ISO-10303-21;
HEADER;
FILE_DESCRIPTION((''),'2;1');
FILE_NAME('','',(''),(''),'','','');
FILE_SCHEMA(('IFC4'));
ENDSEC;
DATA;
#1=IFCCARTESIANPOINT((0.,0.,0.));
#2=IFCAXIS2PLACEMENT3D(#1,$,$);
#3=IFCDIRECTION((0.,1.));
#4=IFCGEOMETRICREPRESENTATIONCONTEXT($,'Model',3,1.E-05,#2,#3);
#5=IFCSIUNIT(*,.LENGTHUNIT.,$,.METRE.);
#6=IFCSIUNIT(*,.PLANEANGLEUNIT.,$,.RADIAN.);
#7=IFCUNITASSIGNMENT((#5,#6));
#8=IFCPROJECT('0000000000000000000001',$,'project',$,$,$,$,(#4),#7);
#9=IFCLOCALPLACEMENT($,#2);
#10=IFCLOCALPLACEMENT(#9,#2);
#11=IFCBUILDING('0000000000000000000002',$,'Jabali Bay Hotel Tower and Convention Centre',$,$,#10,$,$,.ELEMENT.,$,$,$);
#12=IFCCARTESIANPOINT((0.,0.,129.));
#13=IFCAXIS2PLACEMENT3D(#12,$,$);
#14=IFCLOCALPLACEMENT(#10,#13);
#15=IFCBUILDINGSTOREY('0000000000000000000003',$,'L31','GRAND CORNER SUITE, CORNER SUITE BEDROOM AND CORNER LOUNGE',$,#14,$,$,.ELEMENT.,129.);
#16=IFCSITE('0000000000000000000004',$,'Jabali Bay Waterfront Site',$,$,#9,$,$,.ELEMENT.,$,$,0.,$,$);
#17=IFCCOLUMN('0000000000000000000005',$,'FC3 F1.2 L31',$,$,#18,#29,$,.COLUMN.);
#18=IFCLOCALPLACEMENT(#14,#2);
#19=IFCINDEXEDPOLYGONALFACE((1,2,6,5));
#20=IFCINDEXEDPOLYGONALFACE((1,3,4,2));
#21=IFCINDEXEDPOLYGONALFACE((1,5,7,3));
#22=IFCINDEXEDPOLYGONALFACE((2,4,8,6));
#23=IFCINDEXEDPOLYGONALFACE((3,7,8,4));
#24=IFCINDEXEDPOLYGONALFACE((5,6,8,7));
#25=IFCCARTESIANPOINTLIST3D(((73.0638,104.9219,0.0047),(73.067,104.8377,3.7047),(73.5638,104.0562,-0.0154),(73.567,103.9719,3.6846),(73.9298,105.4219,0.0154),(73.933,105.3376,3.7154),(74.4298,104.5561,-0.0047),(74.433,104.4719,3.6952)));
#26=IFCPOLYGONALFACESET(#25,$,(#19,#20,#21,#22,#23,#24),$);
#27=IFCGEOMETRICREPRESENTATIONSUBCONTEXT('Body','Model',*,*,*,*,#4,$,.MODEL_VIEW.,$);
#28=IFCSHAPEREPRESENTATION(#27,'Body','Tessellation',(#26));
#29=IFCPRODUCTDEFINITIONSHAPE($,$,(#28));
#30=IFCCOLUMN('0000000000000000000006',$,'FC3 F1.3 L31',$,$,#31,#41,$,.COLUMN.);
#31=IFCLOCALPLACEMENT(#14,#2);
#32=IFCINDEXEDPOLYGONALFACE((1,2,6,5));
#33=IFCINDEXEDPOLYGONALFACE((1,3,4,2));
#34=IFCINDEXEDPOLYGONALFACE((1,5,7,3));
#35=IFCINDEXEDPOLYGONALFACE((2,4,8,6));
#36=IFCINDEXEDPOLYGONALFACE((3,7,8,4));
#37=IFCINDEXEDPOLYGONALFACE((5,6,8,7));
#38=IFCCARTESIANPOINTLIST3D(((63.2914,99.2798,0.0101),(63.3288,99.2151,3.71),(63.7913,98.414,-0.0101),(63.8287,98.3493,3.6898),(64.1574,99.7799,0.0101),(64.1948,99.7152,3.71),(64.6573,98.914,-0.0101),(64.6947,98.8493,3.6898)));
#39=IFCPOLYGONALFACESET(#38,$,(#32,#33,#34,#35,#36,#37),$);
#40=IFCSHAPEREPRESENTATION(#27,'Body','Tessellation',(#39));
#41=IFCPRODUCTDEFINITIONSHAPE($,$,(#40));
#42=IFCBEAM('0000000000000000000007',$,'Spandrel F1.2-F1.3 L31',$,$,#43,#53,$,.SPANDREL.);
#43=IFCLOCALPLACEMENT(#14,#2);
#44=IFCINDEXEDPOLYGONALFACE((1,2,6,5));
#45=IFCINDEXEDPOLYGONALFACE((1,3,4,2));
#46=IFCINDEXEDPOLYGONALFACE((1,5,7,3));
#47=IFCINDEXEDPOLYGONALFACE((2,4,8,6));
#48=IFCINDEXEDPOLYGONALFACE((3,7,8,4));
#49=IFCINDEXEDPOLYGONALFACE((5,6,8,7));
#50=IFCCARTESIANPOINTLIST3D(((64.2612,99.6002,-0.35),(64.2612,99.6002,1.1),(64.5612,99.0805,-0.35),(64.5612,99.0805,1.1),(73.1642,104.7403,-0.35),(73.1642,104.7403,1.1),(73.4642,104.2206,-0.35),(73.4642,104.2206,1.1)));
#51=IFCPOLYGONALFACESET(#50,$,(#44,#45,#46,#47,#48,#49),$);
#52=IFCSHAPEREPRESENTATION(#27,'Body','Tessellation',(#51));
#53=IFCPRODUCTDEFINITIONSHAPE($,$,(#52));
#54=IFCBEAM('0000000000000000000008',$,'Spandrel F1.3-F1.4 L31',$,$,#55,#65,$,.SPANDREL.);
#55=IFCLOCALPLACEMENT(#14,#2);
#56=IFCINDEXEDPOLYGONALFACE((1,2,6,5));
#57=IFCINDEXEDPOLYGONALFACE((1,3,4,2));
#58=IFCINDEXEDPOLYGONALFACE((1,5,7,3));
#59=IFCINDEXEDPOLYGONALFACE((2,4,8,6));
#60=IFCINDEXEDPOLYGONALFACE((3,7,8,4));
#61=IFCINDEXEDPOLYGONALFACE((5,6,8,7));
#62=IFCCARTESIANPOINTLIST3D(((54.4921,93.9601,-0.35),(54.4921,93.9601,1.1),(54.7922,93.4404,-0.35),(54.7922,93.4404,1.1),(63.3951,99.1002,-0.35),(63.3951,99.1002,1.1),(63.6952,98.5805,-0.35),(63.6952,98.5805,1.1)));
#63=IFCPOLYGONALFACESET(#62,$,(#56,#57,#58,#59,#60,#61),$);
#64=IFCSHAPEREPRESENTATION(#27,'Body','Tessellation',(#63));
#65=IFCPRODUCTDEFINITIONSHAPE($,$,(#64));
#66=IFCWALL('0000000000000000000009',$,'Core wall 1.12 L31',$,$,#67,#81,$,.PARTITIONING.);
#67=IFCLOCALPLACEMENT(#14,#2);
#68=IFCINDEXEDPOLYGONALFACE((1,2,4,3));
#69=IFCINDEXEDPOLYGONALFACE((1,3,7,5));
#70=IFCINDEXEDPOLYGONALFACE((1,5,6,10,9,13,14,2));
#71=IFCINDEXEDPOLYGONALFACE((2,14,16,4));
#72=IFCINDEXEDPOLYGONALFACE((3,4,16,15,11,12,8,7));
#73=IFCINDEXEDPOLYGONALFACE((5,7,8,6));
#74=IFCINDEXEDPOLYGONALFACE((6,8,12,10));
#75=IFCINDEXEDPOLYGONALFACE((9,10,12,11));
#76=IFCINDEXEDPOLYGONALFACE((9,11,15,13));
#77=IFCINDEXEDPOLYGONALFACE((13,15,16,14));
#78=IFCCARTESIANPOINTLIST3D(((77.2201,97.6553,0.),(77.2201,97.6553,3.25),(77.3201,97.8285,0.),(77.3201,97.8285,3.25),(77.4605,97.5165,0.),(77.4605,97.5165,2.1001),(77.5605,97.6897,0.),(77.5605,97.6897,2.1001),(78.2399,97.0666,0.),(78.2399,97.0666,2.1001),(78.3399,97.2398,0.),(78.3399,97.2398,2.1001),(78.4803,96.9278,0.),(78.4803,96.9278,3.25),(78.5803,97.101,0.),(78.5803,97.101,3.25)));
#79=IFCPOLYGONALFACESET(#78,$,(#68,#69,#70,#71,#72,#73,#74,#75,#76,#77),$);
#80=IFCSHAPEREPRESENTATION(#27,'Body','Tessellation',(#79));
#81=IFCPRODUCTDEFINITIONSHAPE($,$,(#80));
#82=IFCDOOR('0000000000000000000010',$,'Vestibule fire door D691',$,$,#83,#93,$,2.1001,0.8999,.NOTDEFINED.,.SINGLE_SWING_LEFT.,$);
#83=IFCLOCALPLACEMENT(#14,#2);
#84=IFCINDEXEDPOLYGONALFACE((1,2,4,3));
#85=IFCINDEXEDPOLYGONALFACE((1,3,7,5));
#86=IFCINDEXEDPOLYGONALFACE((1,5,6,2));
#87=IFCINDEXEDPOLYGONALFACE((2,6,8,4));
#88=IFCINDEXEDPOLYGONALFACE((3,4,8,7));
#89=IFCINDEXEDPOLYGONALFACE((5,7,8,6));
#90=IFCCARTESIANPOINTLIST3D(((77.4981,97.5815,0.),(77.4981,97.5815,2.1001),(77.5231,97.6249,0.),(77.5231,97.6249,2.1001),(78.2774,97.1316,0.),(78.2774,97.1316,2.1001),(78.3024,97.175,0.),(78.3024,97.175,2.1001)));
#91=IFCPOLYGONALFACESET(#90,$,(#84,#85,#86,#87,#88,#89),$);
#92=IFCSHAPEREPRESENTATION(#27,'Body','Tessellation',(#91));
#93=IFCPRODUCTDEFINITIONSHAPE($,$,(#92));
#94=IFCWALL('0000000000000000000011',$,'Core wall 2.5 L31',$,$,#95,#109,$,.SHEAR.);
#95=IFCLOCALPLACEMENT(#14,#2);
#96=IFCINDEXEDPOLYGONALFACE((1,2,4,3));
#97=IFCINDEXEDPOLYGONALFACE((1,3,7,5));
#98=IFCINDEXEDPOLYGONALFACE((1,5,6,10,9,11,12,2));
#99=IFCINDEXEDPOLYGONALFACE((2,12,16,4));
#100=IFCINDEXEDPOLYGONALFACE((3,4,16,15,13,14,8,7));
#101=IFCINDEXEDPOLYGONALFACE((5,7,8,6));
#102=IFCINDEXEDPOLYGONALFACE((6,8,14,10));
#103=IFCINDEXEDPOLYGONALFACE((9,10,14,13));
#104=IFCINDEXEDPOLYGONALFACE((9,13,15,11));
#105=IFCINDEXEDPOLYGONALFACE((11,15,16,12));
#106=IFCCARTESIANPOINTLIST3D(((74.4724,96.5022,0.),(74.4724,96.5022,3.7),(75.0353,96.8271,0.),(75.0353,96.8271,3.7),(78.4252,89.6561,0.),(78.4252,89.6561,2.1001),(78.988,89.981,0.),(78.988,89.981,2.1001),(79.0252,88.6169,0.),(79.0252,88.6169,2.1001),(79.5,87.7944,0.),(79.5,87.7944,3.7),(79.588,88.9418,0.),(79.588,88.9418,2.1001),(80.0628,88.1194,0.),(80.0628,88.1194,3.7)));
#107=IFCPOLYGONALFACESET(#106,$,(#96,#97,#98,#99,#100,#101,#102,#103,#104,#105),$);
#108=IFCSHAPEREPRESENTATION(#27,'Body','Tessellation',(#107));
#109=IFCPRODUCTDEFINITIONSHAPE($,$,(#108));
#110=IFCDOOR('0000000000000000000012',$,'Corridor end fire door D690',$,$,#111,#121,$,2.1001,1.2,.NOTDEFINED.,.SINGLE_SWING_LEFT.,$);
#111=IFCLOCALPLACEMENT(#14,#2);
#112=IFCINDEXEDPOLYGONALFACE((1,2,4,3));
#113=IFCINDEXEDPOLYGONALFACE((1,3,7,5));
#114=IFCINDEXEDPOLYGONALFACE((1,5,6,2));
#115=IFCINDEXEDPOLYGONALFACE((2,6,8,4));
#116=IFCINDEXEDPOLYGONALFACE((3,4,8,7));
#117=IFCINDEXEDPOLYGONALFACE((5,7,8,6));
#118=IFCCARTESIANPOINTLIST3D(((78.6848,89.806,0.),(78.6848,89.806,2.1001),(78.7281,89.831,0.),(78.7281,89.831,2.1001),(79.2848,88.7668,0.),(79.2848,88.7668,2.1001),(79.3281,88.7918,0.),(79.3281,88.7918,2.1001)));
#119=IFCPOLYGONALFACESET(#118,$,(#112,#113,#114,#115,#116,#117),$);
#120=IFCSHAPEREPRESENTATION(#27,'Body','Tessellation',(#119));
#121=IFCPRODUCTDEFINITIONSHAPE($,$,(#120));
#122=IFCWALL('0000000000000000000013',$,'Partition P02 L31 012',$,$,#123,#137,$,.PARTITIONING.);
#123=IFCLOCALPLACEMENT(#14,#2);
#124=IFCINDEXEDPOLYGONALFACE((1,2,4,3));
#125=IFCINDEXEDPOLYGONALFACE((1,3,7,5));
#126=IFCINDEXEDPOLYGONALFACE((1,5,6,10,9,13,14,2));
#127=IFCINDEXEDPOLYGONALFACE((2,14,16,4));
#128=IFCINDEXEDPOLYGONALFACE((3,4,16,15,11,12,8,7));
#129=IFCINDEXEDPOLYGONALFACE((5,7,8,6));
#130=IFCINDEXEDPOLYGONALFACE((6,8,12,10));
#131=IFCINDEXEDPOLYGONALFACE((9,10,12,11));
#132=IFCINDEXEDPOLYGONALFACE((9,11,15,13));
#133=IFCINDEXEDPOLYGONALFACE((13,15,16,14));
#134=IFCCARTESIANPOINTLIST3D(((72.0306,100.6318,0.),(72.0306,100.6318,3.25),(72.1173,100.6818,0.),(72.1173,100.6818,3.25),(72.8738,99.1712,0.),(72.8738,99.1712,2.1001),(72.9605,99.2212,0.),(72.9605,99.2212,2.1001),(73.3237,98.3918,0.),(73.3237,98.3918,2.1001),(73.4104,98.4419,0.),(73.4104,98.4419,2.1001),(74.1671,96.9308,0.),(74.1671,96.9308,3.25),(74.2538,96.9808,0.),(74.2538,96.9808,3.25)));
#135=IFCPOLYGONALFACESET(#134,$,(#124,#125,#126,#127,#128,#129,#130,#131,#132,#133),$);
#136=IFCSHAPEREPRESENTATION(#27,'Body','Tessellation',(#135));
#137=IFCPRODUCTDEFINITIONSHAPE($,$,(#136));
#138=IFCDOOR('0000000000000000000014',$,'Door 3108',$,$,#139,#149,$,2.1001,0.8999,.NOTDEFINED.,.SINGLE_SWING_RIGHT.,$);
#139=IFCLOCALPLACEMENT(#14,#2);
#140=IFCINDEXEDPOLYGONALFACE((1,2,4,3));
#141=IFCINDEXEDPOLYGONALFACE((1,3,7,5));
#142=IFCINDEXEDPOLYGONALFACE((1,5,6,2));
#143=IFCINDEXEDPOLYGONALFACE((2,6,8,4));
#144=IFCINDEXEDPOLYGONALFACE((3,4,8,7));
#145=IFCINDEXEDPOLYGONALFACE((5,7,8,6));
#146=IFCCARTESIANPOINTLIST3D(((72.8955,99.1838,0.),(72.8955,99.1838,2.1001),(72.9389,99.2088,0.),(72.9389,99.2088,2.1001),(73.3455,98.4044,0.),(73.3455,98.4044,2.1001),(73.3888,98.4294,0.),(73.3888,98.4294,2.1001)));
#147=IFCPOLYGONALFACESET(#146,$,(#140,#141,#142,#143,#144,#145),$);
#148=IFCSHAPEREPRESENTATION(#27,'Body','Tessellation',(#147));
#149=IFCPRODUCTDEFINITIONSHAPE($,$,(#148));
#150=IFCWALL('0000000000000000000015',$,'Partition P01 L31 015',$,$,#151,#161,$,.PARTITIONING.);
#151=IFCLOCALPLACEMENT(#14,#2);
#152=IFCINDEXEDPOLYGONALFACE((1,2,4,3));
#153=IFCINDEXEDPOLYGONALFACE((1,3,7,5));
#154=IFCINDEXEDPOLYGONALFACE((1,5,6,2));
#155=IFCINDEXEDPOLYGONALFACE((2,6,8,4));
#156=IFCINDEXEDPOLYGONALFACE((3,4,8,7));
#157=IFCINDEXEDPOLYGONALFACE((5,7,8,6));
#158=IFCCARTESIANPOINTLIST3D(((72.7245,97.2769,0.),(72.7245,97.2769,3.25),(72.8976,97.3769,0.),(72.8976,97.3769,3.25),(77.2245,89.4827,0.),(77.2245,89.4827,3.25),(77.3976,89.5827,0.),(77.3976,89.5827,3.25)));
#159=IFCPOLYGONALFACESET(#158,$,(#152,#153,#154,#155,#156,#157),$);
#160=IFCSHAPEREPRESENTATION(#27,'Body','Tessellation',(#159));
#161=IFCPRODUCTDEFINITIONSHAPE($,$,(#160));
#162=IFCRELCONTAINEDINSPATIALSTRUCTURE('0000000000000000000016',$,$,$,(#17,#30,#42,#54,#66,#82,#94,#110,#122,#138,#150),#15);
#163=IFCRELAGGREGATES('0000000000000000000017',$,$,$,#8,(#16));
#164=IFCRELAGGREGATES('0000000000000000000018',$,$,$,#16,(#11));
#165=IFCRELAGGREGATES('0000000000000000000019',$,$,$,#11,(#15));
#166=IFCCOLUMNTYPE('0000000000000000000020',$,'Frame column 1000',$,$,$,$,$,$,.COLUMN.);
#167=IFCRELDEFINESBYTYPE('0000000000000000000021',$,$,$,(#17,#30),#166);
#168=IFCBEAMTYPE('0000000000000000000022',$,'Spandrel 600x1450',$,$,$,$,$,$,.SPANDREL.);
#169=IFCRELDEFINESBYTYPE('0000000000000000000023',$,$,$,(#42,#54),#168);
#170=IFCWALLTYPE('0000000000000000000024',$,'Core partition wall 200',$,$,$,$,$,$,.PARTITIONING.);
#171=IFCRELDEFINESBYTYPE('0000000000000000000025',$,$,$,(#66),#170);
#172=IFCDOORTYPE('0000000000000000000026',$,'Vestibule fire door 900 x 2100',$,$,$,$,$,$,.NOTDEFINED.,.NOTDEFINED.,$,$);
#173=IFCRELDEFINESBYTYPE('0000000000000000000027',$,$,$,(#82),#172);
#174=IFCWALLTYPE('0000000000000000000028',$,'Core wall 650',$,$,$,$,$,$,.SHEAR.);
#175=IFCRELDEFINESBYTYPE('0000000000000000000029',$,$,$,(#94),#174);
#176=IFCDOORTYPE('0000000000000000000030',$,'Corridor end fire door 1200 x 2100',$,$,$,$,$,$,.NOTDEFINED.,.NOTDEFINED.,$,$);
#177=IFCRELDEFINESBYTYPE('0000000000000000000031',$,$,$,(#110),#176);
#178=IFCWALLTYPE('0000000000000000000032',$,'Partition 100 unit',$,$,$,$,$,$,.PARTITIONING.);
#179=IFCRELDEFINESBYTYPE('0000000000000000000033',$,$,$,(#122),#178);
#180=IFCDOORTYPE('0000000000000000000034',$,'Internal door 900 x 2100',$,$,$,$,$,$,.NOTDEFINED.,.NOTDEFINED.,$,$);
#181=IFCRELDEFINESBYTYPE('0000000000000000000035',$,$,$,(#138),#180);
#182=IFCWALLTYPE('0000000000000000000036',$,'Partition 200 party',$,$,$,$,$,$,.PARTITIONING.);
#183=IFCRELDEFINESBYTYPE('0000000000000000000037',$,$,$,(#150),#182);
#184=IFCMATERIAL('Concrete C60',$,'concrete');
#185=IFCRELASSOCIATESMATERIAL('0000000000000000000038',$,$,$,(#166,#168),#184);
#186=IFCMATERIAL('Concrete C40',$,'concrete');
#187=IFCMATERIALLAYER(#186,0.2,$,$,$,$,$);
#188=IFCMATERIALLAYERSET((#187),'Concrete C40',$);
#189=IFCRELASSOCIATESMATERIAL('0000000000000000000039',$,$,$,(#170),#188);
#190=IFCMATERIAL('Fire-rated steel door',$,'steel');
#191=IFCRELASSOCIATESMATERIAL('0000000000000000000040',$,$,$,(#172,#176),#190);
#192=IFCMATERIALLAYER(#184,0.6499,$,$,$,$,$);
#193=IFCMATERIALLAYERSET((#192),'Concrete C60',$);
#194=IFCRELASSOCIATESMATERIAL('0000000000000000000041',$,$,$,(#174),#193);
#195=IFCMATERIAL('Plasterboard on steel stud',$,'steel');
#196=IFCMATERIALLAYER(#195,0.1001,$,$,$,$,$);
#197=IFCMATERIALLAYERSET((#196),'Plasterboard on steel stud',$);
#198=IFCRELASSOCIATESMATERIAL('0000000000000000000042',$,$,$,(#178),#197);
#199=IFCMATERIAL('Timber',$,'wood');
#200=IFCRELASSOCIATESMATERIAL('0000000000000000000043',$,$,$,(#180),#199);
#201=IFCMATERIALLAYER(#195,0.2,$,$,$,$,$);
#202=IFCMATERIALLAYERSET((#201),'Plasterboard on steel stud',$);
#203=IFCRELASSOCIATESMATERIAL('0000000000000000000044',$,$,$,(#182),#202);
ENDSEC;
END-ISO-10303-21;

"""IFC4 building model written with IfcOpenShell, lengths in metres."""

from ifc_helpers import new_model, si_unit, direction, frame, frame_2d, origin, origin_2d, place, context, subcontext, project, spatial, rectangle, extrude, material, layer, layer_set, material_profile, profile_set, type_object, element, fill, save


model = new_model("IFC4")

# Units and contexts
model_context = context("Model", 3, precision=1e-05, world=origin(), true_north=direction((0.0, 1.0)))
body_context = subcontext(model_context, "Body", "Model", "MODEL_VIEW")
ifc_project = project(units=[si_unit("LENGTHUNIT", "METRE"), si_unit("PLANEANGLEUNIT", "RADIAN")], contexts=[model_context])

# Site, building, storey
site_placement = place(None, origin())
site = spatial("IfcSite", under=ifc_project, at=site_placement, Name="Jabali Bay Waterfront Site", CompositionType="ELEMENT", RefElevation=0.0)
building_placement = place(site_placement, origin())
building = spatial("IfcBuilding", under=site, at=building_placement, Name="Jabali Bay Hotel Tower and Convention Centre", CompositionType="ELEMENT")
storey_placement = place(building_placement, frame((0.0, 0.0, 129.0)))
storey = spatial("IfcBuildingStorey", under=building, at=storey_placement, Name="L31", Description="GRAND CORNER SUITE, CORNER SUITE BEDROOM AND CORNER LOUNGE", CompositionType="ELEMENT", Elevation=129.0)

# Columns
ifc_material_1 = material(Name="Concrete C60", Category="concrete")
ifc_material_profile_1 = material_profile(ifc_material_1, rectangle(XDim=1.0, YDim=1.0, at=origin_2d()), Name="Frame column 1000")
ifc_profile_set_1 = profile_set([ifc_material_profile_1], Name="Concrete C60")
column_type = type_object("IfcColumnType", Name="Frame column 1000", PredefinedType="COLUMN", material=ifc_profile_set_1)
column_1_placement = place(storey_placement, frame((73.7468, 104.739, 0.0), z_axis=(0.000858, -0.022759, 0.999741), x_axis=(0.866, 0.499931, 0.010638)))
element("IfcColumn", 1, at=column_1_placement, inside=storey, type_object=column_type, Name="FC3 F1.2 L31", PredefinedType="COLUMN", context=body_context, shape_type="SweptSolid", body=[
    extrude(rectangle(XDim=1.0, YDim=1.0, at=origin_2d()), origin(), (0.0, 0.0, 1.0), 3.7009),
])
column_2_placement = place(storey_placement, frame((63.9744, 99.0969, 0.0), z_axis=(0.010094, -0.017482, 0.999796), x_axis=(0.866017, 0.500015, 0.0)))
element("IfcColumn", 2, at=column_2_placement, inside=storey, type_object=column_type, Name="FC3 F1.3 L31", PredefinedType="COLUMN", context=body_context, shape_type="SweptSolid", body=[
    extrude(rectangle(XDim=1.0, YDim=1.0, at=origin_2d()), origin(), (0.0, 0.0, 1.0), 3.7007),
])

# Beams
ifc_material_profile_2 = material_profile(ifc_material_1, rectangle(XDim=0.6001, YDim=1.45, at=origin_2d()), Name="Spandrel 600x1450")
ifc_profile_set_2 = profile_set([ifc_material_profile_2], Name="Concrete C60")
beam_type = type_object("IfcBeamType", Name="Spandrel 600x1450", PredefinedType="SPANDREL", material=ifc_profile_set_2)
for number, where, z_axis, x_axis, name in (
    (3, (73.3142, 104.4805, 0.375), (-0.866028, -0.499996, 0.0), (0.499996, -0.866028, 0.0), "Spandrel F1.2-F1.3 L31"),
    (4, (63.5452, 98.8403, 0.375), (-0.866028, -0.499996, 0.0), (0.499996, -0.866028, 0.0), "Spandrel F1.3-F1.4 L31"),
):
    element("IfcBeam", number, at=place(storey_placement, frame(where, z_axis=z_axis, x_axis=x_axis)), inside=storey, type_object=beam_type, Name=name, PredefinedType="SPANDREL", context=body_context, shape_type="SweptSolid", body=[
        extrude(rectangle(XDim=0.6001, YDim=1.45, at=origin_2d()), origin(), (0.0, 0.0, 1.0), 10.2803),
    ])

# Walls, openings, doors
ifc_material_2 = material(Name="Concrete C40", Category="concrete")
ifc_layer_1 = layer(ifc_material_2, 0.2)
ifc_layer_set_1 = layer_set([ifc_layer_1], Name="Concrete C40")
wall_type_1 = type_object("IfcWallType", Name="Core partition wall 200", PredefinedType="PARTITIONING", material=ifc_layer_set_1)
wall_1_placement = place(storey_placement, frame((78.5303, 97.0144, 0.0), z_axis=(0.0, 0.0, 1.0), x_axis=(-0.866046, 0.499965, 0.0)))
wall_1 = element("IfcWall", 5, at=wall_1_placement, inside=storey, type_object=wall_type_1, Name="Core wall 1.12 L31", PredefinedType="PARTITIONING", context=body_context, shape_type="SweptSolid", body=[
    extrude(rectangle(XDim=1.4551, YDim=0.2, at=frame_2d((0.7275, 0.0))), origin(), (0.0, 0.0, 1.0), 3.25),
])
opening_1_placement = place(wall_1_placement, frame((0.2776, 0.0, 0.0)))
opening_1 = element("IfcOpeningElement", 6, at=opening_1_placement, cuts=wall_1, PredefinedType="OPENING", context=body_context, shape_type="SweptSolid", body=[
    extrude(rectangle(XDim=0.8999, YDim=2.1001, at=frame_2d((0.45, 1.05))), frame((0.0, 0.1104, 0.0), z_axis=(0.0, -1.0, 0.0), x_axis=(1.0, 0.0, 0.0)), (0.0, 0.0, 1.0), 0.2209),
])
ifc_material_3 = material(Name="Fire-rated steel door", Category="steel")
door_type_1 = type_object("IfcDoorType", Name="Vestibule fire door 900 x 2100", OperationType="NOTDEFINED", PredefinedType="NOTDEFINED", material=ifc_material_3)
door_1_placement = place(opening_1_placement, origin())
door_1 = element("IfcDoor", 7, at=door_1_placement, inside=storey, type_object=door_type_1, Name="Vestibule fire door D691", OperationType="SINGLE_SWING_LEFT", OverallHeight=2.1001, OverallWidth=0.8999, PredefinedType="NOTDEFINED", context=body_context, shape_type="SweptSolid", body=[
    extrude(rectangle(XDim=0.8999, YDim=2.1001, at=frame_2d((0.45, 1.05))), frame((0.0, 0.0249, 0.0), z_axis=(0.0, -1.0, 0.0), x_axis=(1.0, 0.0, 0.0)), (0.0, 0.0, 1.0), 0.05),
])
fill(opening_1, door_1)
ifc_layer_2 = layer(ifc_material_1, 0.6499)
ifc_layer_set_2 = layer_set([ifc_layer_2], Name="Concrete C60")
wall_type_2 = type_object("IfcWallType", Name="Core wall 650", PredefinedType="SHEAR", material=ifc_layer_set_2)
wall_2_placement = place(storey_placement, frame((74.7539, 96.6646, 0.0), z_axis=(0.0, 0.0, 1.0), x_axis=(0.500012, -0.866019, 0.0)))
wall_2 = element("IfcWall", 8, at=wall_2_placement, inside=storey, type_object=wall_type_2, Name="Core wall 2.5 L31", PredefinedType="SHEAR", context=body_context, shape_type="SweptSolid", body=[
    extrude(rectangle(XDim=10.0549, YDim=0.6499, at=frame_2d((5.0273, 0.0))), origin(), (0.0, 0.0, 1.0), 3.7),
])
opening_2_placement = place(wall_2_placement, frame((7.905, 0.0, 0.0)))
opening_2 = element("IfcOpeningElement", 9, at=opening_2_placement, cuts=wall_2, PredefinedType="OPENING", context=body_context, shape_type="SweptSolid", body=[
    extrude(rectangle(XDim=1.2, YDim=2.1001, at=frame_2d((0.6001, 1.05))), frame((0.0, 0.3354, 0.0), z_axis=(0.0, -1.0, 0.0), x_axis=(1.0, 0.0, 0.0)), (0.0, 0.0, 1.0), 0.6709),
])
door_type_2 = type_object("IfcDoorType", Name="Corridor end fire door 1200 x 2100", OperationType="NOTDEFINED", PredefinedType="NOTDEFINED", material=ifc_material_3)
door_2_placement = place(opening_2_placement, origin())
door_2 = element("IfcDoor", 10, at=door_2_placement, inside=storey, type_object=door_type_2, Name="Corridor end fire door D690", OperationType="SINGLE_SWING_LEFT", OverallHeight=2.1001, OverallWidth=1.2, PredefinedType="NOTDEFINED", context=body_context, shape_type="SweptSolid", body=[
    extrude(rectangle(XDim=1.2, YDim=2.1001, at=frame_2d((0.6001, 1.05))), frame((0.0, 0.0249, 0.0), z_axis=(0.0, -1.0, 0.0), x_axis=(1.0, 0.0, 0.0)), (0.0, 0.0, 1.0), 0.05),
])
fill(opening_2, door_2)
ifc_material_4 = material(Name="Plasterboard on steel stud", Category="steel")
ifc_layer_3 = layer(ifc_material_4, 0.1001)
ifc_layer_set_3 = layer_set([ifc_layer_3], Name="Plasterboard on steel stud")
wall_type_3 = type_object("IfcWallType", Name="Partition 100 unit", PredefinedType="PARTITIONING", material=ifc_layer_set_3)
wall_3_placement = place(storey_placement, frame((74.2104, 96.9558, 0.0), z_axis=(0.0, 0.0, 1.0), x_axis=(-0.499955, 0.866051, 0.0)))
wall_3 = element("IfcWall", 11, at=wall_3_placement, inside=storey, type_object=wall_type_3, Name="Partition P02 L31 012", PredefinedType="PARTITIONING", context=body_context, shape_type="SweptSolid", body=[
    extrude(rectangle(XDim=4.2734, YDim=0.1001, at=frame_2d((2.1367, 0.0))), origin(), (0.0, 0.0, 1.0), 3.25),
])
opening_3_placement = place(wall_3_placement, frame((1.687, 0.0, 0.0)))
opening_3 = element("IfcOpeningElement", 12, at=opening_3_placement, cuts=wall_3, PredefinedType="OPENING", context=body_context, shape_type="SweptSolid", body=[
    extrude(rectangle(XDim=0.8999, YDim=2.1001, at=frame_2d((0.45, 1.05))), frame((0.0, 0.0605, 0.0), z_axis=(0.0, -1.0, 0.0), x_axis=(1.0, 0.0, 0.0)), (0.0, 0.0, 1.0), 0.1211),
])
ifc_material_5 = material(Name="Timber", Category="wood")
door_type_3 = type_object("IfcDoorType", Name="Internal door 900 x 2100", OperationType="NOTDEFINED", PredefinedType="NOTDEFINED", material=ifc_material_5)
door_3_placement = place(opening_3_placement, origin())
door_3 = element("IfcDoor", 13, at=door_3_placement, inside=storey, type_object=door_type_3, Name="Door 3108", OperationType="SINGLE_SWING_RIGHT", OverallHeight=2.1001, OverallWidth=0.8999, PredefinedType="NOTDEFINED", context=body_context, shape_type="SweptSolid", body=[
    extrude(rectangle(XDim=0.8999, YDim=2.1001, at=frame_2d((0.45, 1.05))), frame((0.0, 0.0249, 0.0), z_axis=(0.0, -1.0, 0.0), x_axis=(1.0, 0.0, 0.0)), (0.0, 0.0, 1.0), 0.05),
])
fill(opening_3, door_3)

# Wall
ifc_layer_4 = layer(ifc_material_4, 0.2)
ifc_layer_set_4 = layer_set([ifc_layer_4], Name="Plasterboard on steel stud")
wall_type_4 = type_object("IfcWallType", Name="Partition 200 party", PredefinedType="PARTITIONING", material=ifc_layer_set_4)
wall_4_placement = place(storey_placement, frame((72.811, 97.3269, 0.0), z_axis=(0.0, 0.0, 1.0), x_axis=(0.500002, -0.866024, 0.0)))
element("IfcWall", 14, at=wall_4_placement, inside=storey, type_object=wall_type_4, Name="Partition P01 L31 015", PredefinedType="PARTITIONING", context=body_context, shape_type="SweptSolid", body=[
    extrude(rectangle(XDim=9.0, YDim=0.2, at=frame_2d((4.5, 0.0))), origin(), (0.0, 0.0, 1.0), 3.25),
])

save(model, "model.ifc")
